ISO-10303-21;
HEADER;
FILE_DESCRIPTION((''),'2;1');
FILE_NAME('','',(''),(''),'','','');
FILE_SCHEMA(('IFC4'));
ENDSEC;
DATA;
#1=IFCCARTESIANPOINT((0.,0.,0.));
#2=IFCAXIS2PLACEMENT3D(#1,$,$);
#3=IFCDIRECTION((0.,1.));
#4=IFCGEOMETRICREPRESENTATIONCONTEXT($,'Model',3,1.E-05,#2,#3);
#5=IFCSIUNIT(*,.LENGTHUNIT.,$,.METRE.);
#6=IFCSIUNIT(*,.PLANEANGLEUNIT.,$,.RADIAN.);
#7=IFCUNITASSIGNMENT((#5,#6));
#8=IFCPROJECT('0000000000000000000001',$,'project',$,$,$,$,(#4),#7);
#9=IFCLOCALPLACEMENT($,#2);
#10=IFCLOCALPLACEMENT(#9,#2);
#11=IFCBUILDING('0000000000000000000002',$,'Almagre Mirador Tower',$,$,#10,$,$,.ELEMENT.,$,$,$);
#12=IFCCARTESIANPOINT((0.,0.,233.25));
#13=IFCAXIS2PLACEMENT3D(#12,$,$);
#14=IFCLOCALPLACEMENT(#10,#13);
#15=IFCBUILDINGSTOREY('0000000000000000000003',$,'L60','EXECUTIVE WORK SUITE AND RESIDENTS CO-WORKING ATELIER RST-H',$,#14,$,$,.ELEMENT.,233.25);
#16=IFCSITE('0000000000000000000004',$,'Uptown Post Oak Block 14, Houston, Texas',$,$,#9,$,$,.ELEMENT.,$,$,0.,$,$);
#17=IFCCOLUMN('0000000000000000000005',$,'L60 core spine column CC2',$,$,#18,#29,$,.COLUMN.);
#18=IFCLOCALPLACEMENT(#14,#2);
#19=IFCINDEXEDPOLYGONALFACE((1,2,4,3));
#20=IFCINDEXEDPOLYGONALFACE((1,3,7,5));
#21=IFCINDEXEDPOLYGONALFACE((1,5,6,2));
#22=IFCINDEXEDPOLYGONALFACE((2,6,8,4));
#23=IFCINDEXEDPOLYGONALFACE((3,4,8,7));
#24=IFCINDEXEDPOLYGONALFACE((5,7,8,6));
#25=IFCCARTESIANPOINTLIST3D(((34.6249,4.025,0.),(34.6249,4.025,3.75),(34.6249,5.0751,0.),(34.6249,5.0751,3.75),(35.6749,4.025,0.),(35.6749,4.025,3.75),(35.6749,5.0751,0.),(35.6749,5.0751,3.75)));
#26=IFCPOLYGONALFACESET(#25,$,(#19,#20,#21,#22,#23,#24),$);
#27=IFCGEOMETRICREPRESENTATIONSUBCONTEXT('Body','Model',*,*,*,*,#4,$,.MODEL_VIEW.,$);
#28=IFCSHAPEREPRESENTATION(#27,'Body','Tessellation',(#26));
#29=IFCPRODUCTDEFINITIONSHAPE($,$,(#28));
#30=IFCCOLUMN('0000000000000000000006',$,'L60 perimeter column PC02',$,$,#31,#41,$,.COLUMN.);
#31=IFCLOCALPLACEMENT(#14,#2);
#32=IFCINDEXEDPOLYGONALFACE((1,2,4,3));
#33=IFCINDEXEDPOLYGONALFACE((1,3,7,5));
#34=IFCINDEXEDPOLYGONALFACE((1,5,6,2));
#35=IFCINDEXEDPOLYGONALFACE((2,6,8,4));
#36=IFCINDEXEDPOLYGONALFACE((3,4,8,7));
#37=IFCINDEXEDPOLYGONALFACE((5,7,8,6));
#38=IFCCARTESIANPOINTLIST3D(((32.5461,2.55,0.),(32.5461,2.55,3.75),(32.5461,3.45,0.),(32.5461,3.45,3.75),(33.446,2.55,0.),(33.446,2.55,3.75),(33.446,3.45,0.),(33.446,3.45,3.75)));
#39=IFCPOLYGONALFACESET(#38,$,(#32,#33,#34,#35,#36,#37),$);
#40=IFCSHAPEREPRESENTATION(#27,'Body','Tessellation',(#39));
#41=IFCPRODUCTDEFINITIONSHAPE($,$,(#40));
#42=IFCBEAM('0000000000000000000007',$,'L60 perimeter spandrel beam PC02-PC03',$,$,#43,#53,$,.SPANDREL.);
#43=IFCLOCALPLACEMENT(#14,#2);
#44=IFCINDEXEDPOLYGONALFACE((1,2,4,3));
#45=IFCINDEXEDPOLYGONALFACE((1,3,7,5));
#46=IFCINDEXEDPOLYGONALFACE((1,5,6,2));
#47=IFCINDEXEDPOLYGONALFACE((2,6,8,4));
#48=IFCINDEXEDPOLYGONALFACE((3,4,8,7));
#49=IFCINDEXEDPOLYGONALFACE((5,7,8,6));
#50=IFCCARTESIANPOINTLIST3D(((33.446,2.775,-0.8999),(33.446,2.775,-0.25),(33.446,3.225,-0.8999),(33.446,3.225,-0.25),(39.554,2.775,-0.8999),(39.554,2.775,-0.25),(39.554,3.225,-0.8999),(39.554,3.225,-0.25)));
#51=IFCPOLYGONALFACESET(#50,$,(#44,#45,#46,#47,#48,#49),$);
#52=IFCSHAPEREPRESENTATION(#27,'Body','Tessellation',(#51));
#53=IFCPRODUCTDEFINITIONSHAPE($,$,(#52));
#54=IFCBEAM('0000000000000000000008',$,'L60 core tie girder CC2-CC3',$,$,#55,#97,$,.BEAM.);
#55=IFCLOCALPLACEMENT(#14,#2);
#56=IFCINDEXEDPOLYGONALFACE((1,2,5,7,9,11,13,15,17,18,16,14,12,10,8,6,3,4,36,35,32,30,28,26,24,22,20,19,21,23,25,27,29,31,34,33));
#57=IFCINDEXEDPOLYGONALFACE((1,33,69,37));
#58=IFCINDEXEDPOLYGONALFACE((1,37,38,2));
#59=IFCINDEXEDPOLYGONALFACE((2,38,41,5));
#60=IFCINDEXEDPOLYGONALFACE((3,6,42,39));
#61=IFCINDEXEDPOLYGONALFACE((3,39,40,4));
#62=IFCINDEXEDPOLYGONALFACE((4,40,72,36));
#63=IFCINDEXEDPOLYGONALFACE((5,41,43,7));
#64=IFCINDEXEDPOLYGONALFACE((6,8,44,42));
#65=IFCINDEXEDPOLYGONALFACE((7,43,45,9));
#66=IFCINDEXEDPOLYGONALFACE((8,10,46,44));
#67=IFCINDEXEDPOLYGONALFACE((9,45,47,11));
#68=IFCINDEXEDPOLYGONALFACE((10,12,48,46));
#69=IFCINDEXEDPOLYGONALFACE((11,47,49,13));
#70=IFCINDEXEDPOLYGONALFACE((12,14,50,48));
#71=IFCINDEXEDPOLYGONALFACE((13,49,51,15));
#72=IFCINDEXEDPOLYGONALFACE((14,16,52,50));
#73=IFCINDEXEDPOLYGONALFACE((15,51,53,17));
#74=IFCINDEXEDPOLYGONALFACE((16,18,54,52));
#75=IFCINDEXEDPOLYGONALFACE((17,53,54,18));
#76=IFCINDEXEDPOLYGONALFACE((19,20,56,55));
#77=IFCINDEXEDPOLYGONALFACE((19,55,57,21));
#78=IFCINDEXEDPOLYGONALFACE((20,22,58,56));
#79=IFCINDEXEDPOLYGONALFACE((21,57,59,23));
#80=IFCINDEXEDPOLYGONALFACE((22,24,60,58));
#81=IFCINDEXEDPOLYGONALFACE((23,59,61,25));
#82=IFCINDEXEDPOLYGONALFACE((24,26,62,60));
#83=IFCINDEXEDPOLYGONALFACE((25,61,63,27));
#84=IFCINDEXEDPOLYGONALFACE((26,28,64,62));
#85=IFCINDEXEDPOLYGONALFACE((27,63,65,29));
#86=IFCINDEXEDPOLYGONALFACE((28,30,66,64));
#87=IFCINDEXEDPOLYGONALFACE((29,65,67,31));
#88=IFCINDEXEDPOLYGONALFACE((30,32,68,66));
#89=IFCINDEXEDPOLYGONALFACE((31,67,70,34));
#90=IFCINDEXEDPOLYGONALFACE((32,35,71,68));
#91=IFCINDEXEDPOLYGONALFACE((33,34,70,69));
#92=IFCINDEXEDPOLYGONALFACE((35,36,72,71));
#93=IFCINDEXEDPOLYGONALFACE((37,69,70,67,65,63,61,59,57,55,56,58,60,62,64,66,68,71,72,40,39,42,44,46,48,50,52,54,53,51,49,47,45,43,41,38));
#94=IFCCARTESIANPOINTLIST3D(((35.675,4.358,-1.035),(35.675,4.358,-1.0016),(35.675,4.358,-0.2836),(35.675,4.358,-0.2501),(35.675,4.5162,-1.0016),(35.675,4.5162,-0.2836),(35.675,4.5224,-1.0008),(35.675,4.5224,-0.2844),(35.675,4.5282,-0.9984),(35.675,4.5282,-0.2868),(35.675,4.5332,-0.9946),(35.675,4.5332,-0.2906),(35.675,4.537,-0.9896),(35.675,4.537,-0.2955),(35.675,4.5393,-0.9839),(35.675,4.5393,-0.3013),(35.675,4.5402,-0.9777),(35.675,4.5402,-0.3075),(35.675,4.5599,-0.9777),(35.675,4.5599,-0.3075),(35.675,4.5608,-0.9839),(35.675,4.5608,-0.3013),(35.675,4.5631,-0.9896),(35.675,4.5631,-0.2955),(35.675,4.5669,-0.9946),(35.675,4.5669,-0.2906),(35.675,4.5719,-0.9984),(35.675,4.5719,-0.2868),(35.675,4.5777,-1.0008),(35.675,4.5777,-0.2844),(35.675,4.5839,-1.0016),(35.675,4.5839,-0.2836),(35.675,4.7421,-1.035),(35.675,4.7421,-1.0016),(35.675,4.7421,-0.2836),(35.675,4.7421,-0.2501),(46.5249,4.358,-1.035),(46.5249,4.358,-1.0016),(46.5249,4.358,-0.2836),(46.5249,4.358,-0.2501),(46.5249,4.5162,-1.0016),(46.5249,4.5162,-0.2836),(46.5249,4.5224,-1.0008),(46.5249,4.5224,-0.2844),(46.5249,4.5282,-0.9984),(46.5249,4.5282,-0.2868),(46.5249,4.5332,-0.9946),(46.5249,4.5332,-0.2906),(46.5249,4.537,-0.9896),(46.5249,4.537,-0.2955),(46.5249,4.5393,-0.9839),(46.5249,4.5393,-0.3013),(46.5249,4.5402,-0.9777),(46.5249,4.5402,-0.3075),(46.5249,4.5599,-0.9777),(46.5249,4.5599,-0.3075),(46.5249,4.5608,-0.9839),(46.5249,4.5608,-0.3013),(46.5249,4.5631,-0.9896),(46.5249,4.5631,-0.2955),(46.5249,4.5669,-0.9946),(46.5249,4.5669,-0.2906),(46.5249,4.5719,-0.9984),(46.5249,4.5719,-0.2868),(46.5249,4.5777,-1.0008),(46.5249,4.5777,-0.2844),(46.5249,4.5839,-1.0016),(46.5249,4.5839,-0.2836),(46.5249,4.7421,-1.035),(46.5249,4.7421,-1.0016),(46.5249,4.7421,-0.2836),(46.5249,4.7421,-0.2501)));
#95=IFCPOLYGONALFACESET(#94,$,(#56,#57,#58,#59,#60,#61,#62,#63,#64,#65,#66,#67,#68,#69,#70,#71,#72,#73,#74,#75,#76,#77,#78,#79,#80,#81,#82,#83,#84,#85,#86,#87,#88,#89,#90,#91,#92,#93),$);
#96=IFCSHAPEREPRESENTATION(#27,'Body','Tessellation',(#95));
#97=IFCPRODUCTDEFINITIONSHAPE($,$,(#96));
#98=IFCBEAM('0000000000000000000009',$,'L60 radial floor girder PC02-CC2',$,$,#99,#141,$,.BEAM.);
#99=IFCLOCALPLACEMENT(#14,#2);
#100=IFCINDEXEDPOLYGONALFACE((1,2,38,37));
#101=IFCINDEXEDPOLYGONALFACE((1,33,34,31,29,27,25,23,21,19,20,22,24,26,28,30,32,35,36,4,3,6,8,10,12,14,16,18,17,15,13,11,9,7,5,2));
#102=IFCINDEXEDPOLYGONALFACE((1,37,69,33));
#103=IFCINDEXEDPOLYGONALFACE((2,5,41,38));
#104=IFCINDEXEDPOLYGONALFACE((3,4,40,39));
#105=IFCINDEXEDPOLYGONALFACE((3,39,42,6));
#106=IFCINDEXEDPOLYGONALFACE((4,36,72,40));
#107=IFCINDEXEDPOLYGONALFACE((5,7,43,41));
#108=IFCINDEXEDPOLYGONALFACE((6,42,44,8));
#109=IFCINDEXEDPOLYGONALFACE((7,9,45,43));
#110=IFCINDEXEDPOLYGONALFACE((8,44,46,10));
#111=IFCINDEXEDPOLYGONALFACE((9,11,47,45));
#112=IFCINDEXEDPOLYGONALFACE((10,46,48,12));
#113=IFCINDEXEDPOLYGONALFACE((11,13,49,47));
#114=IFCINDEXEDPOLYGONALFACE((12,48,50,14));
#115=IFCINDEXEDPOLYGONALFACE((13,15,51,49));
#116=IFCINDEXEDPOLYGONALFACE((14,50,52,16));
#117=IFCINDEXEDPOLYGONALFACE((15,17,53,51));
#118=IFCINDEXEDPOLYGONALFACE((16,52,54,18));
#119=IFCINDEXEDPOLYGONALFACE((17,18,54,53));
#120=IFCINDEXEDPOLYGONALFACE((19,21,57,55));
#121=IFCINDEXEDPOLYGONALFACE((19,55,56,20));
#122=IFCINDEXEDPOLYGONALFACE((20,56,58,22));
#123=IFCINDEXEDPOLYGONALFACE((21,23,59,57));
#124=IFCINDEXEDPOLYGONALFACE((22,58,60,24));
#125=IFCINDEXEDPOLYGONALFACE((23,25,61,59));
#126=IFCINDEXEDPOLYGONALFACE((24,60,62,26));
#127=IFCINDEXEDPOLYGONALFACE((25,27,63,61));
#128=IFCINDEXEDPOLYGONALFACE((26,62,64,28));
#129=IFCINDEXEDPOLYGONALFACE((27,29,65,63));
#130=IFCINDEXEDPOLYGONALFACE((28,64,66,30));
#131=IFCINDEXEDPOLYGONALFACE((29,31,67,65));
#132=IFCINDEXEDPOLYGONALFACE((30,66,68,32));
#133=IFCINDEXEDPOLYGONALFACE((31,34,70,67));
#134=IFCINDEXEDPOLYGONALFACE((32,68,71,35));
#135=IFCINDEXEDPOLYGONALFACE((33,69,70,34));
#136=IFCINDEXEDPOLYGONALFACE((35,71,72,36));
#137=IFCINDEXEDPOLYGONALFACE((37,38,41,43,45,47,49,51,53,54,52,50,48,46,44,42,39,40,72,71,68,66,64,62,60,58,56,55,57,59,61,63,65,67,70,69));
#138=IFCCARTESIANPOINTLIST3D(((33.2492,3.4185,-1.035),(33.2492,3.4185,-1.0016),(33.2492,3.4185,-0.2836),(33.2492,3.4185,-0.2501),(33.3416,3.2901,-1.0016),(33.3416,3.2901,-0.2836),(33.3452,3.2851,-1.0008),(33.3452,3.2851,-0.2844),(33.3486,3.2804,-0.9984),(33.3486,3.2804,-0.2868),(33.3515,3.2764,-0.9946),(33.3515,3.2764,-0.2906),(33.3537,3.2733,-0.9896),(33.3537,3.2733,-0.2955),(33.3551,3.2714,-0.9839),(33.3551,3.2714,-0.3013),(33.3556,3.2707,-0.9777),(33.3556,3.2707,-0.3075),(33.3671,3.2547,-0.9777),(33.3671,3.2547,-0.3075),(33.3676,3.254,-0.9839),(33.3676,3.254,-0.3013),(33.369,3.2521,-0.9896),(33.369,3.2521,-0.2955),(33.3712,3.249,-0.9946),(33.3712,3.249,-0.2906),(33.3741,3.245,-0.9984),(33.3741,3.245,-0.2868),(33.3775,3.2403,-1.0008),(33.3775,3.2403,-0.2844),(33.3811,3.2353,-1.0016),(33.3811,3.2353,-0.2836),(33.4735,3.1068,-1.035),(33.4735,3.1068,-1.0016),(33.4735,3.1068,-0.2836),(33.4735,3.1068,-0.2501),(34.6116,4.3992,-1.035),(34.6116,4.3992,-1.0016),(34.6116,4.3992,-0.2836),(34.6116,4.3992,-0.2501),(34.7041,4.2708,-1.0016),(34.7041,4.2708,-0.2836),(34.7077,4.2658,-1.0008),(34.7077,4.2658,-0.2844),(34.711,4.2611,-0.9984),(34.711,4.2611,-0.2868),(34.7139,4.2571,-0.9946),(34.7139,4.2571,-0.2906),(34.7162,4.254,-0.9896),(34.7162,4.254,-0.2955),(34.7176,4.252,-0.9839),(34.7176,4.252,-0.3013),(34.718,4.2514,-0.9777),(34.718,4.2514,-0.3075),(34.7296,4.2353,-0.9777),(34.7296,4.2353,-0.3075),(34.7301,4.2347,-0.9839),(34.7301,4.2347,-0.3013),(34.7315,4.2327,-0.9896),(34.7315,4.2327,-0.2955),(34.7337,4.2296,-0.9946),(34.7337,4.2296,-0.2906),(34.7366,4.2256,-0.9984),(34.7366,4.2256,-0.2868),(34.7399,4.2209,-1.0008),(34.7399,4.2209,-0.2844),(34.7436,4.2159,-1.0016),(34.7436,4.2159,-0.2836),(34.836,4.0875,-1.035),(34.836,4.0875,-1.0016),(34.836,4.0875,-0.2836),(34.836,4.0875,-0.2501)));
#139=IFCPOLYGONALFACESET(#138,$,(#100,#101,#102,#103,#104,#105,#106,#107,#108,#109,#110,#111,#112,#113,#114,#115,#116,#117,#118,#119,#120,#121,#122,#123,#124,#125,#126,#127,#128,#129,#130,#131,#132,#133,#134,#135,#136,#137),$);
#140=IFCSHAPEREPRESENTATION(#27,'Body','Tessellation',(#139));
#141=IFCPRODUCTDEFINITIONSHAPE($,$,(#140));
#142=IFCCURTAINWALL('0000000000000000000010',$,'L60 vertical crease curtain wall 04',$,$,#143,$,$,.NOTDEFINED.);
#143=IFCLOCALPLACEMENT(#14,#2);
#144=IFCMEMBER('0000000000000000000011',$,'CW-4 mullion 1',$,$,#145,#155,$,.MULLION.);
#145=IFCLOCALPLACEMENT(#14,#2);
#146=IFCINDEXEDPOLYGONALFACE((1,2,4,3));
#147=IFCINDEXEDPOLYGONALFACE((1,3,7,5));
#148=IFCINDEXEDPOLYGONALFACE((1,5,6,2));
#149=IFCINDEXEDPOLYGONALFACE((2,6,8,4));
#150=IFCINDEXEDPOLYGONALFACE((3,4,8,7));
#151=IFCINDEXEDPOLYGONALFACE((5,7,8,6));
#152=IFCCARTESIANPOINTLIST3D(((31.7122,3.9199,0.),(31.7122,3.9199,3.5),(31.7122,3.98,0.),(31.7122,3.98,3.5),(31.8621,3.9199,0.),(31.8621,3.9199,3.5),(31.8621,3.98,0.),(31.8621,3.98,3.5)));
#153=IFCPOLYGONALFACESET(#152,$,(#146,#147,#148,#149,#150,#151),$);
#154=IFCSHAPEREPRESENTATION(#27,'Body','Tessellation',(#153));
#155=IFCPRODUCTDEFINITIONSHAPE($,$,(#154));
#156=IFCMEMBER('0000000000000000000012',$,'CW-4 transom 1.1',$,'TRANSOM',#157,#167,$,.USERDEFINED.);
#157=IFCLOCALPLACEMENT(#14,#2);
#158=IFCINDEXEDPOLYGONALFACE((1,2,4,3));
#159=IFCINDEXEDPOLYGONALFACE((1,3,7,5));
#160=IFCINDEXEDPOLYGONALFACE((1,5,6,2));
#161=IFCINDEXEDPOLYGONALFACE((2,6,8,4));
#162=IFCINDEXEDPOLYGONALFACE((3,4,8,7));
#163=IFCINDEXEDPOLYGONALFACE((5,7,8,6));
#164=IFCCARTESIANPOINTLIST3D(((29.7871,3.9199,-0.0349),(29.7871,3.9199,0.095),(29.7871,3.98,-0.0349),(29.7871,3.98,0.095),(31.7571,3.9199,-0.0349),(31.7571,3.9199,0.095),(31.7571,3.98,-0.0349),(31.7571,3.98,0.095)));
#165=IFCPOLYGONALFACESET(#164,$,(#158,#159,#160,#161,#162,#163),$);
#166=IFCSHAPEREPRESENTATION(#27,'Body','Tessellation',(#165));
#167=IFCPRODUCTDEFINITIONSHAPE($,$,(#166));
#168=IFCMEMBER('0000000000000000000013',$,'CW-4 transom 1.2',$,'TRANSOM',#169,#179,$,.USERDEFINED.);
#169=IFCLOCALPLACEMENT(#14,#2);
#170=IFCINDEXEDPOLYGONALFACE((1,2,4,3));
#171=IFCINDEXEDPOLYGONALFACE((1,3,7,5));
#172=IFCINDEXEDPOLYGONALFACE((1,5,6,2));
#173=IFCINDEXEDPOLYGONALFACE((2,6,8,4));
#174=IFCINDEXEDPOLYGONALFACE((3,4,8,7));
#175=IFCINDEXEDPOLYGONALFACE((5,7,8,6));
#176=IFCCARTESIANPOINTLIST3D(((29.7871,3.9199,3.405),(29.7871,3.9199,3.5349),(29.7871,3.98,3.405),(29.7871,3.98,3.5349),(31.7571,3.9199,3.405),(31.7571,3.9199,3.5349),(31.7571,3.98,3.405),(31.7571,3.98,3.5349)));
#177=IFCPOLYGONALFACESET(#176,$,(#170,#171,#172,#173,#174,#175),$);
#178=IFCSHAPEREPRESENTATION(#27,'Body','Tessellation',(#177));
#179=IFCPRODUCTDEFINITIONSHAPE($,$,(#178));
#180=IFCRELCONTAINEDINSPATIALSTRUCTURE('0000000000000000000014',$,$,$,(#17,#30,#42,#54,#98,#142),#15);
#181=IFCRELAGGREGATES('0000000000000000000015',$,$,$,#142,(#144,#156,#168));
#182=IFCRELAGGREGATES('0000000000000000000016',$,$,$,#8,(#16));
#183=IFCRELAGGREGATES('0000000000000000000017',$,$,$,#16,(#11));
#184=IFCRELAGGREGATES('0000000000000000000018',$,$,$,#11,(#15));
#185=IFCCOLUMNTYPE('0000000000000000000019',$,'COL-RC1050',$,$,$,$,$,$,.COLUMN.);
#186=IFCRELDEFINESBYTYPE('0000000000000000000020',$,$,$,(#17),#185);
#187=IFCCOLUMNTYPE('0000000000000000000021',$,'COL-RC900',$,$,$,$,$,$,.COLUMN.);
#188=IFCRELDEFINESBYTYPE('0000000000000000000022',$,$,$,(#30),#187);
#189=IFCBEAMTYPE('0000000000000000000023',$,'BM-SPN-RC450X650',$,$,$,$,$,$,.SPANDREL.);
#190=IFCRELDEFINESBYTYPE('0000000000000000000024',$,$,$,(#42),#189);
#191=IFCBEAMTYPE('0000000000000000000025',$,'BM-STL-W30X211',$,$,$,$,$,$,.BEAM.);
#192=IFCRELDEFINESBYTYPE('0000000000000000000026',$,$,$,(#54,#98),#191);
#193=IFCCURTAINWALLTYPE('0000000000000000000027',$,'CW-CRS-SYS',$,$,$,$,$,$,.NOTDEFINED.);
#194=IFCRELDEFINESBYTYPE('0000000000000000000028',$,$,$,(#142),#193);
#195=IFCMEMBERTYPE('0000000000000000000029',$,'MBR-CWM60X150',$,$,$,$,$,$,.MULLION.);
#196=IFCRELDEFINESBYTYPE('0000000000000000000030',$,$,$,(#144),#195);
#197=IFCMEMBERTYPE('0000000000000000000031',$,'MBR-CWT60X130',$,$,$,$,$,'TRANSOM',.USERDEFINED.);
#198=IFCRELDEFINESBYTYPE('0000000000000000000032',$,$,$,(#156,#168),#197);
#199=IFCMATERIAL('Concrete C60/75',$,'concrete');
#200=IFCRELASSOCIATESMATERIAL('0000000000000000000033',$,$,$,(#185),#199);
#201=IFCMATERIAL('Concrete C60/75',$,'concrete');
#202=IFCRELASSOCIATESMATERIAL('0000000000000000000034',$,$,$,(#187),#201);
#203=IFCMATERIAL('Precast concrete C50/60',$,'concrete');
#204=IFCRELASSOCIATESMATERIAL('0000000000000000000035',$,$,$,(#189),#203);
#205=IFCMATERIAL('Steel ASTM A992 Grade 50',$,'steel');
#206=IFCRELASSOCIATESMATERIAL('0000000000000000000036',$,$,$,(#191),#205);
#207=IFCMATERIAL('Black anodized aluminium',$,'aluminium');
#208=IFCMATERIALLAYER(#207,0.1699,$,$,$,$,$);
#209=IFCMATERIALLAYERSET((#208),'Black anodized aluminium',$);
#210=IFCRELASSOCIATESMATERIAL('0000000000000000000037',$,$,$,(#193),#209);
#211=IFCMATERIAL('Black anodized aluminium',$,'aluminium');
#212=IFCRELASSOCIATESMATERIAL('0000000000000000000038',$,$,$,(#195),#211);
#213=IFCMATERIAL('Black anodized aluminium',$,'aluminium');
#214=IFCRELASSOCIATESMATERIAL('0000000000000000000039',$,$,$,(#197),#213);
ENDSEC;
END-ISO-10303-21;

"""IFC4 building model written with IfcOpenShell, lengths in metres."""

from ifc_helpers import new_model, si_unit, direction, frame, origin, origin_2d, place, context, subcontext, project, spatial, rectangle, i_section, extrude, material, layer, layer_set, material_profile, profile_set, type_object, element, aggregate, save


model = new_model("IFC4")

# Units and contexts
model_context = context("Model", 3, precision=1e-05, world=origin(), true_north=direction((0.0, 1.0)))
body_context = subcontext(model_context, "Body", "Model", "MODEL_VIEW")
ifc_project = project(units=[si_unit("LENGTHUNIT", "METRE"), si_unit("PLANEANGLEUNIT", "RADIAN")], contexts=[model_context])

# Site, building, storey
site_placement = place(None, origin())
site = spatial("IfcSite", under=ifc_project, at=site_placement, Name="Uptown Post Oak Block 14, Houston, Texas", CompositionType="ELEMENT", RefElevation=0.0)
building_placement = place(site_placement, origin())
building = spatial("IfcBuilding", under=site, at=building_placement, Name="Almagre Mirador Tower", CompositionType="ELEMENT")
storey_placement = place(building_placement, frame((0.0, 0.0, 233.25)))
storey = spatial("IfcBuildingStorey", under=building, at=storey_placement, Name="L60", Description="EXECUTIVE WORK SUITE AND RESIDENTS CO-WORKING ATELIER RST-H", CompositionType="ELEMENT", Elevation=233.25)

# Columns
ifc_material_1 = material(Name="Concrete C60/75", Category="concrete")
ifc_material_profile_1 = material_profile(ifc_material_1, rectangle(XDim=1.05, YDim=1.05, at=origin_2d()), Name="RC1050X1050")
ifc_profile_set_1 = profile_set([ifc_material_profile_1], Name="Concrete C60/75")
column_type_1 = type_object("IfcColumnType", Name="COL-RC1050", PredefinedType="COLUMN", material=ifc_profile_set_1)
column_1_placement = place(storey_placement, frame((35.1499, 4.55, 0.0), z_axis=(0.0, 0.0, 1.0), x_axis=(1.0, 0.0, 0.0)))
element("IfcColumn", 1, at=column_1_placement, inside=storey, type_object=column_type_1, Name="L60 core spine column CC2", PredefinedType="COLUMN", context=body_context, shape_type="SweptSolid", body=[
    extrude(rectangle(XDim=1.05, YDim=1.05, at=origin_2d()), origin(), (0.0, 0.0, 1.0), 3.75),
])
ifc_material_2 = material(Name="Concrete C60/75", Category="concrete")
ifc_material_profile_2 = material_profile(ifc_material_2, rectangle(XDim=0.8999, YDim=0.8999, at=origin_2d()), Name="RC900X900")
ifc_profile_set_2 = profile_set([ifc_material_profile_2], Name="Concrete C60/75")
column_type_2 = type_object("IfcColumnType", Name="COL-RC900", PredefinedType="COLUMN", material=ifc_profile_set_2)
column_2_placement = place(storey_placement, frame((32.9961, 3.0, 0.0), z_axis=(0.0, 0.0, 1.0), x_axis=(1.0, 0.0, 0.0)))
element("IfcColumn", 2, at=column_2_placement, inside=storey, type_object=column_type_2, Name="L60 perimeter column PC02", PredefinedType="COLUMN", context=body_context, shape_type="SweptSolid", body=[
    extrude(rectangle(XDim=0.8999, YDim=0.8999, at=origin_2d()), origin(), (0.0, 0.0, 1.0), 3.75),
])

# Beams
ifc_material_3 = material(Name="Precast concrete C50/60", Category="concrete")
ifc_material_profile_3 = material_profile(ifc_material_3, rectangle(XDim=0.45, YDim=0.6499, at=origin_2d()), Name="RC450X650")
ifc_profile_set_3 = profile_set([ifc_material_profile_3], Name="Precast concrete C50/60")
beam_type_1 = type_object("IfcBeamType", Name="BM-SPN-RC450X650", PredefinedType="SPANDREL", material=ifc_profile_set_3)
beam_1_placement = place(storey_placement, frame((33.446, 3.0, -0.575), z_axis=(1.0, 0.0, 0.0), x_axis=(0.0, 1.0, 0.0)))
element("IfcBeam", 3, at=beam_1_placement, inside=storey, type_object=beam_type_1, Name="L60 perimeter spandrel beam PC02-PC03", PredefinedType="SPANDREL", context=body_context, shape_type="SweptSolid", body=[
    extrude(rectangle(XDim=0.45, YDim=0.6499, at=origin_2d()), origin(), (0.0, 0.0, 1.0), 6.1079),
])
ifc_material_4 = material(Name="Steel ASTM A992 Grade 50", Category="steel")
ifc_material_profile_4 = material_profile(ifc_material_4, i_section(OverallWidth=0.384, OverallDepth=0.7849, WebThickness=0.0198, FlangeThickness=0.0334, FilletRadius=0.0239, at=origin_2d()), Name="W30X211")
ifc_profile_set_4 = profile_set([ifc_material_profile_4], Name="Steel ASTM A992 Grade 50")
beam_type_2 = type_object("IfcBeamType", Name="BM-STL-W30X211", PredefinedType="BEAM", material=ifc_profile_set_4)
beam_2_placement = place(storey_placement, frame((35.675, 4.55, -0.6426), z_axis=(1.0, 0.0, 0.0), x_axis=(0.0, 1.0, 0.0)))
element("IfcBeam", 4, at=beam_2_placement, inside=storey, type_object=beam_type_2, Name="L60 core tie girder CC2-CC3", PredefinedType="BEAM", context=body_context, shape_type="SweptSolid", body=[
    extrude(i_section(OverallWidth=0.384, OverallDepth=0.7849, WebThickness=0.0198, FlangeThickness=0.0334, FilletRadius=0.0239, at=origin_2d()), origin(), (0.0, 0.0, 1.0), 10.8499),
])
beam_3_placement = place(storey_placement, frame((33.3613, 3.2627, -0.6426), z_axis=(0.811625, 0.584178, 0.0), x_axis=(-0.584178, 0.811625, 0.0)))
element("IfcBeam", 5, at=beam_3_placement, inside=storey, type_object=beam_type_2, Name="L60 radial floor girder PC02-CC2", PredefinedType="BEAM", context=body_context, shape_type="SweptSolid", body=[
    extrude(i_section(OverallWidth=0.384, OverallDepth=0.7849, WebThickness=0.0198, FlangeThickness=0.0334, FilletRadius=0.0239, at=origin_2d()), origin(), (0.0, 0.0, 1.0), 1.6787),
])

# Curtain wall, members
ifc_material_5 = material(Name="Black anodized aluminium", Category="aluminium")
ifc_layer_1 = layer(ifc_material_5, 0.1699)
ifc_layer_set_1 = layer_set([ifc_layer_1], Name="Black anodized aluminium")
curtain_wall_type = type_object("IfcCurtainWallType", Name="CW-CRS-SYS", PredefinedType="NOTDEFINED", material=ifc_layer_set_1)
curtain_wall_placement = place(storey_placement, origin())
curtain_wall = element("IfcCurtainWall", 6, at=curtain_wall_placement, inside=storey, type_object=curtain_wall_type, Name="L60 vertical crease curtain wall 04", PredefinedType="NOTDEFINED")
ifc_material_6 = material(Name="Black anodized aluminium", Category="aluminium")
ifc_material_profile_5 = material_profile(ifc_material_6, rectangle(XDim=0.0601, YDim=0.1499, at=origin_2d()), Name="CWM60X150")
ifc_profile_set_5 = profile_set([ifc_material_profile_5], Name="Black anodized aluminium")
member_type_1 = type_object("IfcMemberType", Name="MBR-CWM60X150", PredefinedType="MULLION", material=ifc_profile_set_5)
member_1_placement = place(storey_placement, frame((31.7871, 3.95, 0.0), z_axis=(0.0, 0.0, 1.0), x_axis=(0.0, -1.0, 0.0)))
member_1 = element("IfcMember", 7, at=member_1_placement, type_object=member_type_1, Name="CW-4 mullion 1", PredefinedType="MULLION", context=body_context, shape_type="SweptSolid", body=[
    extrude(rectangle(XDim=0.0601, YDim=0.1499, at=origin_2d()), origin(), (0.0, 0.0, 1.0), 3.5),
])
ifc_material_7 = material(Name="Black anodized aluminium", Category="aluminium")
ifc_material_profile_6 = material_profile(ifc_material_7, rectangle(XDim=0.0601, YDim=0.1299, at=origin_2d()), Name="CWT60X130")
ifc_profile_set_6 = profile_set([ifc_material_profile_6], Name="Black anodized aluminium")
member_type_2 = type_object("IfcMemberType", Name="MBR-CWT60X130", ElementType="TRANSOM", PredefinedType="USERDEFINED", material=ifc_profile_set_6)
member_2_placement = place(storey_placement, frame((31.7571, 3.95, 0.03), z_axis=(-1.0, 0.0, 0.0), x_axis=(0.0, -1.0, 0.0)))
member_2 = element("IfcMember", 8, at=member_2_placement, type_object=member_type_2, Name="CW-4 transom 1.1", ObjectType="TRANSOM", PredefinedType="USERDEFINED", context=body_context, shape_type="SweptSolid", body=[
    extrude(rectangle(XDim=0.0601, YDim=0.1299, at=origin_2d()), origin(), (0.0, 0.0, 1.0), 1.97),
])
member_3_placement = place(storey_placement, frame((31.7571, 3.95, 3.47), z_axis=(-1.0, 0.0, 0.0), x_axis=(0.0, -1.0, 0.0)))
member_3 = element("IfcMember", 9, at=member_3_placement, type_object=member_type_2, Name="CW-4 transom 1.2", ObjectType="TRANSOM", PredefinedType="USERDEFINED", context=body_context, shape_type="SweptSolid", body=[
    extrude(rectangle(XDim=0.0601, YDim=0.1299, at=origin_2d()), origin(), (0.0, 0.0, 1.0), 1.97),
])
aggregate(curtain_wall, [member_1, member_2, member_3])

save(model, "model.ifc")
